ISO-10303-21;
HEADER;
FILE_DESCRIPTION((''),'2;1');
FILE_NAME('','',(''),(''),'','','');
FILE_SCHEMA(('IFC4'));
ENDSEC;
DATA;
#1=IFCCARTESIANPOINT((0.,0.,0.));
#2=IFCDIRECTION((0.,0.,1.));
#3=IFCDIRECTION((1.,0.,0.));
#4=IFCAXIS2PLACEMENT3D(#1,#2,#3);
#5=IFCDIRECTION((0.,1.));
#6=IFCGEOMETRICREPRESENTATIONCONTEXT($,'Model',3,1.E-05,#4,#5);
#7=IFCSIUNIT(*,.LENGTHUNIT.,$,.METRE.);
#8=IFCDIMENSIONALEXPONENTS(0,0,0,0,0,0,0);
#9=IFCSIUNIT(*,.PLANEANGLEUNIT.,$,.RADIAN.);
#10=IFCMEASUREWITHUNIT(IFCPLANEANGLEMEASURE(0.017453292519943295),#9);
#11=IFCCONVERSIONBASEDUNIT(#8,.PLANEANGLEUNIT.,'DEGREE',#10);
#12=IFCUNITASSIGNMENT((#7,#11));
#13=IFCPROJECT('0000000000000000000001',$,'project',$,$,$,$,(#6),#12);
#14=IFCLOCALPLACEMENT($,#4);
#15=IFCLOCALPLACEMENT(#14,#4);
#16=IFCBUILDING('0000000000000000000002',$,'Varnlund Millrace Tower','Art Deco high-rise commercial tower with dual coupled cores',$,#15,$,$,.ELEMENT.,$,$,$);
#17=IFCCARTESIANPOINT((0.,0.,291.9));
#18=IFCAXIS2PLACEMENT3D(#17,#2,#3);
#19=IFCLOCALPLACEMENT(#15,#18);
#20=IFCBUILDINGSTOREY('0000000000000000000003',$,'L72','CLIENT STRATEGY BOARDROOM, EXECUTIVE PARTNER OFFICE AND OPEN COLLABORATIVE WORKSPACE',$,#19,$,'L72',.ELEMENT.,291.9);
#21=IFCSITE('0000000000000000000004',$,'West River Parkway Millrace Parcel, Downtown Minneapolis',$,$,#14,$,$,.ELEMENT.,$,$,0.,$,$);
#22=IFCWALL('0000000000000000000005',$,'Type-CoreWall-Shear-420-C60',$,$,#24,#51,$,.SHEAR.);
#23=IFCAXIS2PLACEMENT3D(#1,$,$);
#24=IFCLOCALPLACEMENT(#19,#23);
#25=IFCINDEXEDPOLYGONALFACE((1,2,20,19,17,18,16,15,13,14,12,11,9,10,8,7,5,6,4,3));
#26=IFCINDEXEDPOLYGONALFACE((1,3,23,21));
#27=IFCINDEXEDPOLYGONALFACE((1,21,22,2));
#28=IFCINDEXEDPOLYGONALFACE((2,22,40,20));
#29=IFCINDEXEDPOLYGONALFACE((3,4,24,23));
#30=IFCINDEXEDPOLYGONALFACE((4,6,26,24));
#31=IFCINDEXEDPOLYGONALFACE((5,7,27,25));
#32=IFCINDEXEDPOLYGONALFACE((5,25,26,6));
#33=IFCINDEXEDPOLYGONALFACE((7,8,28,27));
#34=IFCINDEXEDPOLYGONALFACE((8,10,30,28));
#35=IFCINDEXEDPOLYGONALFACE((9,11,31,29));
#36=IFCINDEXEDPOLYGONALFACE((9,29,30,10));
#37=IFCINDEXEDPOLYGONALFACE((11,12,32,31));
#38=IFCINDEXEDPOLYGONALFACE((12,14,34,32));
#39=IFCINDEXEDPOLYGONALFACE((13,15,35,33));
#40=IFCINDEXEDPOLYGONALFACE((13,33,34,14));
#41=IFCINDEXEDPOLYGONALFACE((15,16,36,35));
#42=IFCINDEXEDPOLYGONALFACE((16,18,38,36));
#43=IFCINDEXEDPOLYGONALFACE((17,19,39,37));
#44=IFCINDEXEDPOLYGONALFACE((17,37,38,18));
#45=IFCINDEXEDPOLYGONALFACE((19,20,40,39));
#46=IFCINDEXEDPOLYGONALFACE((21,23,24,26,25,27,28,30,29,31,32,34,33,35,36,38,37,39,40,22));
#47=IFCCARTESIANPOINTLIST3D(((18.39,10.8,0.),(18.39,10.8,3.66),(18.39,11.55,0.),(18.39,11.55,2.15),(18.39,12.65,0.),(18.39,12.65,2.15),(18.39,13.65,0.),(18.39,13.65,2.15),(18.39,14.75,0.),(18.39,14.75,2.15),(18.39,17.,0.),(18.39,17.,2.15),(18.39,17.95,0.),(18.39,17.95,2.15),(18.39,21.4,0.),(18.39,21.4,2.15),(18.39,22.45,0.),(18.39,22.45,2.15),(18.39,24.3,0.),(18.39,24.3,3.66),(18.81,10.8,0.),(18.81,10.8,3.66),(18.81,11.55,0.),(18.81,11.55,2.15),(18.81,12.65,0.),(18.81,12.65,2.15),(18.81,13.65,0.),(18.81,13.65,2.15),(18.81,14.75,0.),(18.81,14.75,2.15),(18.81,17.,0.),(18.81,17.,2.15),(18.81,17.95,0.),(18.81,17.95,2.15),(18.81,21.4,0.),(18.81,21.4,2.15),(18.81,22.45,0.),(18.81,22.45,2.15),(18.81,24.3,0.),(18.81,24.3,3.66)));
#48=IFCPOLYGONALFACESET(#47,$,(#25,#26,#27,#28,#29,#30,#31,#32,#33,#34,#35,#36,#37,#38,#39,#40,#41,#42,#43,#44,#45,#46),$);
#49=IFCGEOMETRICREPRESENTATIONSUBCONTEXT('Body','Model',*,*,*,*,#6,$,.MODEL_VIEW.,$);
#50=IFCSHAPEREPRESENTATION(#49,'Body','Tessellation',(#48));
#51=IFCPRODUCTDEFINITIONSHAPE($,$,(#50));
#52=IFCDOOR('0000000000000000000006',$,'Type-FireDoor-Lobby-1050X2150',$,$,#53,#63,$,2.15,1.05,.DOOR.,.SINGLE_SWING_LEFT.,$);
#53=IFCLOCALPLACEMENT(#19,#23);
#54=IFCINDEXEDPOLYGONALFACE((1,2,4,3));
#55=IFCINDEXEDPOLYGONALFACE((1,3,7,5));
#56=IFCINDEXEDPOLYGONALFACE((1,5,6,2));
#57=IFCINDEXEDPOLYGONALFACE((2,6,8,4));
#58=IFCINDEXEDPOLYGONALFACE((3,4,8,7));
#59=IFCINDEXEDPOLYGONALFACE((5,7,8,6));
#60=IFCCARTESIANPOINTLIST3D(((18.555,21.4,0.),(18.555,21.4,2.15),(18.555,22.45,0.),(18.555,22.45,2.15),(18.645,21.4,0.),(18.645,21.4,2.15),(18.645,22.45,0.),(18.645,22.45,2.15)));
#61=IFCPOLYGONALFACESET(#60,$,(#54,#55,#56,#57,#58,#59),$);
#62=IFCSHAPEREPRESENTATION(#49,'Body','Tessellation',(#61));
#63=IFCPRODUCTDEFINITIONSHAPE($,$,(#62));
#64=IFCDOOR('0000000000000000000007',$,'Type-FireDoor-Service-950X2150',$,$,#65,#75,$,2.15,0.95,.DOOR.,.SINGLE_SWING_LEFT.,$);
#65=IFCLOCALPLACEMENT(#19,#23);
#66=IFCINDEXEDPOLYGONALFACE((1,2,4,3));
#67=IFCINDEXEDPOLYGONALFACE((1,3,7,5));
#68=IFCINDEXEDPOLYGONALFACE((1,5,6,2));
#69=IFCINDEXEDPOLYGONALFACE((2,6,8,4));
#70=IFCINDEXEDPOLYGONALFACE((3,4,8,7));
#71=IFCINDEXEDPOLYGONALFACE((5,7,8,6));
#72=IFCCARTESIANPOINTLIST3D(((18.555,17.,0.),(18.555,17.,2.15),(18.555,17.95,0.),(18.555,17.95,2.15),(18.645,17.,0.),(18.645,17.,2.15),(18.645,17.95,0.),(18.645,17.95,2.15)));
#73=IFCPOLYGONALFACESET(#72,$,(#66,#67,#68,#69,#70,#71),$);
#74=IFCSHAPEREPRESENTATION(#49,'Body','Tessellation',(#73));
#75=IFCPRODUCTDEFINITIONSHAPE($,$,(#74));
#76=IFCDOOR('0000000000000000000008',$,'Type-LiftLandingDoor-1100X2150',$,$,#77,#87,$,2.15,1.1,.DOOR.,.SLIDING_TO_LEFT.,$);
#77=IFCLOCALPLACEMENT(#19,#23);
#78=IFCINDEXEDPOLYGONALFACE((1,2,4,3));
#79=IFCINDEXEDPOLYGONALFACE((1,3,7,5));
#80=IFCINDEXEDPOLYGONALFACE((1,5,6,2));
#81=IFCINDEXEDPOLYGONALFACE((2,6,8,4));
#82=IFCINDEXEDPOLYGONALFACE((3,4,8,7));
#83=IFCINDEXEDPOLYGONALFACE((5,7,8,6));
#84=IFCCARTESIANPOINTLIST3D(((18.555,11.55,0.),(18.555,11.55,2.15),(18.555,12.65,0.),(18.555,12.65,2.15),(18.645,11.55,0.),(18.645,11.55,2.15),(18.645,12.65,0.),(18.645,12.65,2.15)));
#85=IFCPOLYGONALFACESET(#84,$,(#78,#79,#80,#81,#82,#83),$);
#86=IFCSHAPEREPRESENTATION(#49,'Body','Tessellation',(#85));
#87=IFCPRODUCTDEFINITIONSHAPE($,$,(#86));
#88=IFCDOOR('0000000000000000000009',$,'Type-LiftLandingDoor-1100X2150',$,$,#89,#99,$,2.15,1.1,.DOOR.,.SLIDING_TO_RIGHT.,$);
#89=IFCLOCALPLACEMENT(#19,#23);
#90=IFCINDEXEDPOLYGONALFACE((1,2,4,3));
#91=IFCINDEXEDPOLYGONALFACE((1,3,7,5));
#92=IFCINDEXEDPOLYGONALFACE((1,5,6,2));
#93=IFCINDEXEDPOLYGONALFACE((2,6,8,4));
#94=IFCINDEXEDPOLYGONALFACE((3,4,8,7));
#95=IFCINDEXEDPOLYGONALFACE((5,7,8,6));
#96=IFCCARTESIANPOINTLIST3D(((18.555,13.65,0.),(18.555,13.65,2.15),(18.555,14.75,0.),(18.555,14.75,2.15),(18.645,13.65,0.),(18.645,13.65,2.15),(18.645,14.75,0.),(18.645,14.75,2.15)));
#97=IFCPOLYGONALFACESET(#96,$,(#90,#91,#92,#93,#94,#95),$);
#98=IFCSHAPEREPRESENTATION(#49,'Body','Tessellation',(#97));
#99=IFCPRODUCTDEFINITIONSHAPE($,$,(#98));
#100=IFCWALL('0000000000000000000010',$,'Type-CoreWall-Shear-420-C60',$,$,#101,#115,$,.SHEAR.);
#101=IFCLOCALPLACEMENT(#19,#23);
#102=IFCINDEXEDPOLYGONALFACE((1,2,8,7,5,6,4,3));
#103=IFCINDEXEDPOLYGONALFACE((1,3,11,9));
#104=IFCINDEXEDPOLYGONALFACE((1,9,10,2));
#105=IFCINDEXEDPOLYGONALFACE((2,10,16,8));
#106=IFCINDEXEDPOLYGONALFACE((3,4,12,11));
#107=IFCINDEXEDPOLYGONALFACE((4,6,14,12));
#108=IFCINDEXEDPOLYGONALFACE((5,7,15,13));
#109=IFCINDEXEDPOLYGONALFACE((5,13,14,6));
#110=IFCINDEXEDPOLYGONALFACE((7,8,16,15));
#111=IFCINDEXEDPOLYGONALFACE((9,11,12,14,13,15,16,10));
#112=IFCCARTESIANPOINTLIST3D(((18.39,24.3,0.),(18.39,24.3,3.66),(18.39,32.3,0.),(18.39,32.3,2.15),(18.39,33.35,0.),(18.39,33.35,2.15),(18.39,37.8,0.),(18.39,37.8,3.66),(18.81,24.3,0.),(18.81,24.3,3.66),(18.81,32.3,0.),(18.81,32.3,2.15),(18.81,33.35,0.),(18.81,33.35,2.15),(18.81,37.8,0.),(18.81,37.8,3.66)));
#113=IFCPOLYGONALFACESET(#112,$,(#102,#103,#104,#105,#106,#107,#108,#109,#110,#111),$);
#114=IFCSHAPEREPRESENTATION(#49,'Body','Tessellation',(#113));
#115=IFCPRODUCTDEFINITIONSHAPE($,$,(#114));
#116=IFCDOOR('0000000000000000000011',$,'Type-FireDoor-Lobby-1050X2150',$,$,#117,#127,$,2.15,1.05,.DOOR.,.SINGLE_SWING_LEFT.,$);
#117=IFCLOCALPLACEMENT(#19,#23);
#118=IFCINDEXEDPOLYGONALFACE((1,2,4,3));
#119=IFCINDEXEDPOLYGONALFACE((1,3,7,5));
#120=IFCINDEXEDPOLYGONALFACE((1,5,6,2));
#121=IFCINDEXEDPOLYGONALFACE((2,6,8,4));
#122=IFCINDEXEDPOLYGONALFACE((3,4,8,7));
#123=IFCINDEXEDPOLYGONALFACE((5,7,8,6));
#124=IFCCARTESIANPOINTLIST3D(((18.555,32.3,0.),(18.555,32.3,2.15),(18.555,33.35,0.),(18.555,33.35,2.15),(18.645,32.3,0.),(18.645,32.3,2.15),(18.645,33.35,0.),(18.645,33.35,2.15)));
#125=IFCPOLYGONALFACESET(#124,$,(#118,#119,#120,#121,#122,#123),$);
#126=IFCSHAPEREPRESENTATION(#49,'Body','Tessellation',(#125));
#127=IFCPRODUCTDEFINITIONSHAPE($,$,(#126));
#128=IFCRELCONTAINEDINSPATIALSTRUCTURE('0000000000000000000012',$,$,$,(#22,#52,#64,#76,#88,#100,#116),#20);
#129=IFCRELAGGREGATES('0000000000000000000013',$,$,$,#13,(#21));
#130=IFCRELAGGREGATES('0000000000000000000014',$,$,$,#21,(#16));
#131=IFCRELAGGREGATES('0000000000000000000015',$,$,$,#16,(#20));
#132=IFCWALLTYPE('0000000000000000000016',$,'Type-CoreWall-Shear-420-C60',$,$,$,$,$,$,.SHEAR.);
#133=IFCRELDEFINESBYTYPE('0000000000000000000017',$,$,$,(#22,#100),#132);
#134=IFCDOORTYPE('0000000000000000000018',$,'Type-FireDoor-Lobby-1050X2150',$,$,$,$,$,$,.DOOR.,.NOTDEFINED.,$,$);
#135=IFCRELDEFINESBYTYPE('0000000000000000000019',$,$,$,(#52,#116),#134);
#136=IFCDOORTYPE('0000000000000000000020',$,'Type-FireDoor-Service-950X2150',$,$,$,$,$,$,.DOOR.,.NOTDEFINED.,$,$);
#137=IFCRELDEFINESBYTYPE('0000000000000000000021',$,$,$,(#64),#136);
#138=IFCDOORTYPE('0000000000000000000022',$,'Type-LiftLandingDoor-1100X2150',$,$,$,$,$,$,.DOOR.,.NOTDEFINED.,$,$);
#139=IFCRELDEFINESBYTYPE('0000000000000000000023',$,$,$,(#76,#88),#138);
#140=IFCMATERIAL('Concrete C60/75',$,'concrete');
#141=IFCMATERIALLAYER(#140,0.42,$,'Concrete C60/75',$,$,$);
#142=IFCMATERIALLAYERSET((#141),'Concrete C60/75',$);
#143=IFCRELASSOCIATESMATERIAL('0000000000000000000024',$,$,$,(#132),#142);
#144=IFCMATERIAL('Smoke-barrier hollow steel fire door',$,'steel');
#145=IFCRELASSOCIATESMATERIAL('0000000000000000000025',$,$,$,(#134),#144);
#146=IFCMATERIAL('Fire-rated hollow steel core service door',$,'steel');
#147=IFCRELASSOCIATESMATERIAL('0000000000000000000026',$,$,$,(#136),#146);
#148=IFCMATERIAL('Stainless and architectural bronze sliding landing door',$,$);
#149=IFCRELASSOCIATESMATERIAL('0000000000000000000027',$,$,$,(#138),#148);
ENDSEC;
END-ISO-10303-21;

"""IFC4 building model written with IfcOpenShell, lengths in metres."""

from ifc_helpers import new_model, entity, si_unit, converted_unit, direction, frame, origin_with_axes, origin_2d_with_axis, place, context, subcontext, project, spatial, polyline, rectangle, outline, extrude, material, layer, layer_set, type_object, element, fill, save


model = new_model("IFC4")

# Units and contexts
model_context = context("Model", 3, precision=1e-05, world=origin_with_axes(), true_north=direction((0.0, 1.0)))
body_context = subcontext(model_context, "Body", "Model", "MODEL_VIEW")
ifc_project = project(units=[si_unit("LENGTHUNIT", "METRE"), converted_unit("PLANEANGLEUNIT", "DEGREE", entity("IfcPlaneAngleMeasure", 0.017453292519943295), si_unit("PLANEANGLEUNIT", "RADIAN"), dimensions=[0, 0, 0, 0, 0, 0, 0])], contexts=[model_context])

# Site, building, storey
site_placement = place(None, origin_with_axes())
site = spatial("IfcSite", under=ifc_project, at=site_placement, Name="West River Parkway Millrace Parcel, Downtown Minneapolis", CompositionType="ELEMENT", RefElevation=0.0)
building_placement = place(site_placement, origin_with_axes())
building = spatial("IfcBuilding", under=site, at=building_placement, Name="Varnlund Millrace Tower", Description="Art Deco high-rise commercial tower with dual coupled cores", CompositionType="ELEMENT")
storey_placement = place(building_placement, frame((0.0, 0.0, 291.9), z_axis=(0.0, 0.0, 1.0), x_axis=(1.0, 0.0, 0.0)))
storey = spatial("IfcBuildingStorey", under=building, at=storey_placement, Name="L72", Description="CLIENT STRATEGY BOARDROOM, EXECUTIVE PARTNER OFFICE AND OPEN COLLABORATIVE WORKSPACE", LongName="L72", CompositionType="ELEMENT", Elevation=291.9)

# Shared definitions
ifc_material_1 = material(Name="Concrete C60/75", Category="concrete")

# Shared definitions
ifc_layer_1 = layer(ifc_material_1, 0.42, Name="Concrete C60/75")
ifc_layer_set_1 = layer_set([ifc_layer_1], Name="Concrete C60/75")
wall_type_1 = type_object("IfcWallType", Name="Type-CoreWall-Shear-420-C60", PredefinedType="SHEAR", material=ifc_layer_set_1)

# Wall, openings, doors
wall_1_placement = place(storey_placement, frame((18.6, 10.8, 0.0), z_axis=(0.0, 0.0, 1.0), x_axis=(0.0, 1.0, 0.0)))
wall_1 = element("IfcWall", 1, at=wall_1_placement, inside=storey, type_object=wall_type_1, Name="Type-CoreWall-Shear-420-C60", PredefinedType="SHEAR", context=body_context, shape_type="SweptSolid", body=[
    extrude(outline(polyline([(0.0, -0.21), (13.5, -0.21), (13.5, 0.21), (0.0, 0.21), (0.0, -0.21)])), origin_with_axes(), (0.0, 0.0, 1.0), 3.66),
])
opening_1_placement = place(wall_1_placement, frame((1.3, 0.0, 0.0), z_axis=(0.0, 0.0, 1.0), x_axis=(1.0, 0.0, 0.0)))
opening_1 = element("IfcOpeningElement", 2, at=opening_1_placement, cuts=wall_1, PredefinedType="OPENING", context=body_context, shape_type="SweptSolid", body=[
    extrude(rectangle(XDim=1.1, YDim=0.44, at=origin_2d_with_axis()), origin_with_axes(), (0.0, 0.0, 1.0), 2.15),
])
opening_2_placement = place(wall_1_placement, frame((3.4, 0.0, 0.0), z_axis=(0.0, 0.0, 1.0), x_axis=(1.0, 0.0, 0.0)))
opening_2 = element("IfcOpeningElement", 3, at=opening_2_placement, cuts=wall_1, PredefinedType="OPENING", context=body_context, shape_type="SweptSolid", body=[
    extrude(rectangle(XDim=1.1, YDim=0.44, at=origin_2d_with_axis()), origin_with_axes(), (0.0, 0.0, 1.0), 2.15),
])
opening_3_placement = place(wall_1_placement, frame((11.125, 0.0, 0.0), z_axis=(0.0, 0.0, 1.0), x_axis=(1.0, 0.0, 0.0)))
opening_3 = element("IfcOpeningElement", 4, at=opening_3_placement, cuts=wall_1, PredefinedType="OPENING", context=body_context, shape_type="SweptSolid", body=[
    extrude(rectangle(XDim=1.05, YDim=0.44, at=origin_2d_with_axis()), origin_with_axes(), (0.0, 0.0, 1.0), 2.15),
])
opening_4_placement = place(wall_1_placement, frame((6.675, 0.0, 0.0), z_axis=(0.0, 0.0, 1.0), x_axis=(1.0, 0.0, 0.0)))
opening_4 = element("IfcOpeningElement", 5, at=opening_4_placement, cuts=wall_1, PredefinedType="OPENING", context=body_context, shape_type="SweptSolid", body=[
    extrude(rectangle(XDim=0.95, YDim=0.44, at=origin_2d_with_axis()), origin_with_axes(), (0.0, 0.0, 1.0), 2.15),
])
ifc_material_2 = material(Name="Smoke-barrier hollow steel fire door", Category="steel")
door_type_1 = type_object("IfcDoorType", Name="Type-FireDoor-Lobby-1050X2150", OperationType="NOTDEFINED", PredefinedType="DOOR", material=ifc_material_2)
door_1_placement = place(wall_1_placement, frame((11.125, 0.0, 0.0), z_axis=(0.0, 0.0, 1.0), x_axis=(1.0, 0.0, 0.0)))
door_1 = element("IfcDoor", 6, at=door_1_placement, inside=storey, type_object=door_type_1, Name="Type-FireDoor-Lobby-1050X2150", OperationType="SINGLE_SWING_LEFT", OverallHeight=2.15, OverallWidth=1.05, PredefinedType="DOOR", context=body_context, shape_type="SweptSolid", body=[
    extrude(rectangle(XDim=1.05, YDim=0.09, at=origin_2d_with_axis()), origin_with_axes(), (0.0, 0.0, 1.0), 2.15),
])
fill(opening_3, door_1)
ifc_material_3 = material(Name="Fire-rated hollow steel core service door", Category="steel")
door_type_2 = type_object("IfcDoorType", Name="Type-FireDoor-Service-950X2150", OperationType="NOTDEFINED", PredefinedType="DOOR", material=ifc_material_3)
door_2_placement = place(wall_1_placement, frame((6.675, 0.0, 0.0), z_axis=(0.0, 0.0, 1.0), x_axis=(1.0, 0.0, 0.0)))
door_2 = element("IfcDoor", 7, at=door_2_placement, inside=storey, type_object=door_type_2, Name="Type-FireDoor-Service-950X2150", OperationType="SINGLE_SWING_LEFT", OverallHeight=2.15, OverallWidth=0.95, PredefinedType="DOOR", context=body_context, shape_type="SweptSolid", body=[
    extrude(rectangle(XDim=0.95, YDim=0.09, at=origin_2d_with_axis()), origin_with_axes(), (0.0, 0.0, 1.0), 2.15),
])
fill(opening_4, door_2)
ifc_material_4 = material(Name="Stainless and architectural bronze sliding landing door")
door_type_3 = type_object("IfcDoorType", Name="Type-LiftLandingDoor-1100X2150", OperationType="NOTDEFINED", PredefinedType="DOOR", material=ifc_material_4)
door_3_placement = place(wall_1_placement, frame((1.3, 0.0, 0.0), z_axis=(0.0, 0.0, 1.0), x_axis=(1.0, 0.0, 0.0)))
door_3 = element("IfcDoor", 8, at=door_3_placement, inside=storey, type_object=door_type_3, Name="Type-LiftLandingDoor-1100X2150", OperationType="SLIDING_TO_LEFT", OverallHeight=2.15, OverallWidth=1.1, PredefinedType="DOOR", context=body_context, shape_type="SweptSolid", body=[
    extrude(rectangle(XDim=1.1, YDim=0.09, at=origin_2d_with_axis()), origin_with_axes(), (0.0, 0.0, 1.0), 2.15),
])
fill(opening_1, door_3)
door_4_placement = place(wall_1_placement, frame((3.4, 0.0, 0.0), z_axis=(0.0, 0.0, 1.0), x_axis=(1.0, 0.0, 0.0)))
door_4 = element("IfcDoor", 9, at=door_4_placement, inside=storey, type_object=door_type_3, Name="Type-LiftLandingDoor-1100X2150", OperationType="SLIDING_TO_RIGHT", OverallHeight=2.15, OverallWidth=1.1, PredefinedType="DOOR", context=body_context, shape_type="SweptSolid", body=[
    extrude(rectangle(XDim=1.1, YDim=0.09, at=origin_2d_with_axis()), origin_with_axes(), (0.0, 0.0, 1.0), 2.15),
])
fill(opening_2, door_4)

# Wall, opening, door
wall_2_placement = place(storey_placement, frame((18.6, 24.3, 0.0), z_axis=(0.0, 0.0, 1.0), x_axis=(0.0, 1.0, 0.0)))
wall_2 = element("IfcWall", 10, at=wall_2_placement, inside=storey, type_object=wall_type_1, Name="Type-CoreWall-Shear-420-C60", PredefinedType="SHEAR", context=body_context, shape_type="SweptSolid", body=[
    extrude(outline(polyline([(0.0, -0.21), (13.5, -0.21), (13.5, 0.21), (0.0, 0.21), (0.0, -0.21)])), origin_with_axes(), (0.0, 0.0, 1.0), 3.66),
])
opening_5_placement = place(wall_2_placement, frame((8.525, 0.0, 0.0), z_axis=(0.0, 0.0, 1.0), x_axis=(1.0, 0.0, 0.0)))
opening_5 = element("IfcOpeningElement", 11, at=opening_5_placement, cuts=wall_2, PredefinedType="OPENING", context=body_context, shape_type="SweptSolid", body=[
    extrude(rectangle(XDim=1.05, YDim=0.44, at=origin_2d_with_axis()), origin_with_axes(), (0.0, 0.0, 1.0), 2.15),
])
door_5_placement = place(wall_2_placement, frame((8.525, 0.0, 0.0), z_axis=(0.0, 0.0, 1.0), x_axis=(1.0, 0.0, 0.0)))
door_5 = element("IfcDoor", 12, at=door_5_placement, inside=storey, type_object=door_type_1, Name="Type-FireDoor-Lobby-1050X2150", OperationType="SINGLE_SWING_LEFT", OverallHeight=2.15, OverallWidth=1.05, PredefinedType="DOOR", context=body_context, shape_type="SweptSolid", body=[
    extrude(rectangle(XDim=1.05, YDim=0.09, at=origin_2d_with_axis()), origin_with_axes(), (0.0, 0.0, 1.0), 2.15),
])
fill(opening_5, door_5)

save(model, "model.ifc")
